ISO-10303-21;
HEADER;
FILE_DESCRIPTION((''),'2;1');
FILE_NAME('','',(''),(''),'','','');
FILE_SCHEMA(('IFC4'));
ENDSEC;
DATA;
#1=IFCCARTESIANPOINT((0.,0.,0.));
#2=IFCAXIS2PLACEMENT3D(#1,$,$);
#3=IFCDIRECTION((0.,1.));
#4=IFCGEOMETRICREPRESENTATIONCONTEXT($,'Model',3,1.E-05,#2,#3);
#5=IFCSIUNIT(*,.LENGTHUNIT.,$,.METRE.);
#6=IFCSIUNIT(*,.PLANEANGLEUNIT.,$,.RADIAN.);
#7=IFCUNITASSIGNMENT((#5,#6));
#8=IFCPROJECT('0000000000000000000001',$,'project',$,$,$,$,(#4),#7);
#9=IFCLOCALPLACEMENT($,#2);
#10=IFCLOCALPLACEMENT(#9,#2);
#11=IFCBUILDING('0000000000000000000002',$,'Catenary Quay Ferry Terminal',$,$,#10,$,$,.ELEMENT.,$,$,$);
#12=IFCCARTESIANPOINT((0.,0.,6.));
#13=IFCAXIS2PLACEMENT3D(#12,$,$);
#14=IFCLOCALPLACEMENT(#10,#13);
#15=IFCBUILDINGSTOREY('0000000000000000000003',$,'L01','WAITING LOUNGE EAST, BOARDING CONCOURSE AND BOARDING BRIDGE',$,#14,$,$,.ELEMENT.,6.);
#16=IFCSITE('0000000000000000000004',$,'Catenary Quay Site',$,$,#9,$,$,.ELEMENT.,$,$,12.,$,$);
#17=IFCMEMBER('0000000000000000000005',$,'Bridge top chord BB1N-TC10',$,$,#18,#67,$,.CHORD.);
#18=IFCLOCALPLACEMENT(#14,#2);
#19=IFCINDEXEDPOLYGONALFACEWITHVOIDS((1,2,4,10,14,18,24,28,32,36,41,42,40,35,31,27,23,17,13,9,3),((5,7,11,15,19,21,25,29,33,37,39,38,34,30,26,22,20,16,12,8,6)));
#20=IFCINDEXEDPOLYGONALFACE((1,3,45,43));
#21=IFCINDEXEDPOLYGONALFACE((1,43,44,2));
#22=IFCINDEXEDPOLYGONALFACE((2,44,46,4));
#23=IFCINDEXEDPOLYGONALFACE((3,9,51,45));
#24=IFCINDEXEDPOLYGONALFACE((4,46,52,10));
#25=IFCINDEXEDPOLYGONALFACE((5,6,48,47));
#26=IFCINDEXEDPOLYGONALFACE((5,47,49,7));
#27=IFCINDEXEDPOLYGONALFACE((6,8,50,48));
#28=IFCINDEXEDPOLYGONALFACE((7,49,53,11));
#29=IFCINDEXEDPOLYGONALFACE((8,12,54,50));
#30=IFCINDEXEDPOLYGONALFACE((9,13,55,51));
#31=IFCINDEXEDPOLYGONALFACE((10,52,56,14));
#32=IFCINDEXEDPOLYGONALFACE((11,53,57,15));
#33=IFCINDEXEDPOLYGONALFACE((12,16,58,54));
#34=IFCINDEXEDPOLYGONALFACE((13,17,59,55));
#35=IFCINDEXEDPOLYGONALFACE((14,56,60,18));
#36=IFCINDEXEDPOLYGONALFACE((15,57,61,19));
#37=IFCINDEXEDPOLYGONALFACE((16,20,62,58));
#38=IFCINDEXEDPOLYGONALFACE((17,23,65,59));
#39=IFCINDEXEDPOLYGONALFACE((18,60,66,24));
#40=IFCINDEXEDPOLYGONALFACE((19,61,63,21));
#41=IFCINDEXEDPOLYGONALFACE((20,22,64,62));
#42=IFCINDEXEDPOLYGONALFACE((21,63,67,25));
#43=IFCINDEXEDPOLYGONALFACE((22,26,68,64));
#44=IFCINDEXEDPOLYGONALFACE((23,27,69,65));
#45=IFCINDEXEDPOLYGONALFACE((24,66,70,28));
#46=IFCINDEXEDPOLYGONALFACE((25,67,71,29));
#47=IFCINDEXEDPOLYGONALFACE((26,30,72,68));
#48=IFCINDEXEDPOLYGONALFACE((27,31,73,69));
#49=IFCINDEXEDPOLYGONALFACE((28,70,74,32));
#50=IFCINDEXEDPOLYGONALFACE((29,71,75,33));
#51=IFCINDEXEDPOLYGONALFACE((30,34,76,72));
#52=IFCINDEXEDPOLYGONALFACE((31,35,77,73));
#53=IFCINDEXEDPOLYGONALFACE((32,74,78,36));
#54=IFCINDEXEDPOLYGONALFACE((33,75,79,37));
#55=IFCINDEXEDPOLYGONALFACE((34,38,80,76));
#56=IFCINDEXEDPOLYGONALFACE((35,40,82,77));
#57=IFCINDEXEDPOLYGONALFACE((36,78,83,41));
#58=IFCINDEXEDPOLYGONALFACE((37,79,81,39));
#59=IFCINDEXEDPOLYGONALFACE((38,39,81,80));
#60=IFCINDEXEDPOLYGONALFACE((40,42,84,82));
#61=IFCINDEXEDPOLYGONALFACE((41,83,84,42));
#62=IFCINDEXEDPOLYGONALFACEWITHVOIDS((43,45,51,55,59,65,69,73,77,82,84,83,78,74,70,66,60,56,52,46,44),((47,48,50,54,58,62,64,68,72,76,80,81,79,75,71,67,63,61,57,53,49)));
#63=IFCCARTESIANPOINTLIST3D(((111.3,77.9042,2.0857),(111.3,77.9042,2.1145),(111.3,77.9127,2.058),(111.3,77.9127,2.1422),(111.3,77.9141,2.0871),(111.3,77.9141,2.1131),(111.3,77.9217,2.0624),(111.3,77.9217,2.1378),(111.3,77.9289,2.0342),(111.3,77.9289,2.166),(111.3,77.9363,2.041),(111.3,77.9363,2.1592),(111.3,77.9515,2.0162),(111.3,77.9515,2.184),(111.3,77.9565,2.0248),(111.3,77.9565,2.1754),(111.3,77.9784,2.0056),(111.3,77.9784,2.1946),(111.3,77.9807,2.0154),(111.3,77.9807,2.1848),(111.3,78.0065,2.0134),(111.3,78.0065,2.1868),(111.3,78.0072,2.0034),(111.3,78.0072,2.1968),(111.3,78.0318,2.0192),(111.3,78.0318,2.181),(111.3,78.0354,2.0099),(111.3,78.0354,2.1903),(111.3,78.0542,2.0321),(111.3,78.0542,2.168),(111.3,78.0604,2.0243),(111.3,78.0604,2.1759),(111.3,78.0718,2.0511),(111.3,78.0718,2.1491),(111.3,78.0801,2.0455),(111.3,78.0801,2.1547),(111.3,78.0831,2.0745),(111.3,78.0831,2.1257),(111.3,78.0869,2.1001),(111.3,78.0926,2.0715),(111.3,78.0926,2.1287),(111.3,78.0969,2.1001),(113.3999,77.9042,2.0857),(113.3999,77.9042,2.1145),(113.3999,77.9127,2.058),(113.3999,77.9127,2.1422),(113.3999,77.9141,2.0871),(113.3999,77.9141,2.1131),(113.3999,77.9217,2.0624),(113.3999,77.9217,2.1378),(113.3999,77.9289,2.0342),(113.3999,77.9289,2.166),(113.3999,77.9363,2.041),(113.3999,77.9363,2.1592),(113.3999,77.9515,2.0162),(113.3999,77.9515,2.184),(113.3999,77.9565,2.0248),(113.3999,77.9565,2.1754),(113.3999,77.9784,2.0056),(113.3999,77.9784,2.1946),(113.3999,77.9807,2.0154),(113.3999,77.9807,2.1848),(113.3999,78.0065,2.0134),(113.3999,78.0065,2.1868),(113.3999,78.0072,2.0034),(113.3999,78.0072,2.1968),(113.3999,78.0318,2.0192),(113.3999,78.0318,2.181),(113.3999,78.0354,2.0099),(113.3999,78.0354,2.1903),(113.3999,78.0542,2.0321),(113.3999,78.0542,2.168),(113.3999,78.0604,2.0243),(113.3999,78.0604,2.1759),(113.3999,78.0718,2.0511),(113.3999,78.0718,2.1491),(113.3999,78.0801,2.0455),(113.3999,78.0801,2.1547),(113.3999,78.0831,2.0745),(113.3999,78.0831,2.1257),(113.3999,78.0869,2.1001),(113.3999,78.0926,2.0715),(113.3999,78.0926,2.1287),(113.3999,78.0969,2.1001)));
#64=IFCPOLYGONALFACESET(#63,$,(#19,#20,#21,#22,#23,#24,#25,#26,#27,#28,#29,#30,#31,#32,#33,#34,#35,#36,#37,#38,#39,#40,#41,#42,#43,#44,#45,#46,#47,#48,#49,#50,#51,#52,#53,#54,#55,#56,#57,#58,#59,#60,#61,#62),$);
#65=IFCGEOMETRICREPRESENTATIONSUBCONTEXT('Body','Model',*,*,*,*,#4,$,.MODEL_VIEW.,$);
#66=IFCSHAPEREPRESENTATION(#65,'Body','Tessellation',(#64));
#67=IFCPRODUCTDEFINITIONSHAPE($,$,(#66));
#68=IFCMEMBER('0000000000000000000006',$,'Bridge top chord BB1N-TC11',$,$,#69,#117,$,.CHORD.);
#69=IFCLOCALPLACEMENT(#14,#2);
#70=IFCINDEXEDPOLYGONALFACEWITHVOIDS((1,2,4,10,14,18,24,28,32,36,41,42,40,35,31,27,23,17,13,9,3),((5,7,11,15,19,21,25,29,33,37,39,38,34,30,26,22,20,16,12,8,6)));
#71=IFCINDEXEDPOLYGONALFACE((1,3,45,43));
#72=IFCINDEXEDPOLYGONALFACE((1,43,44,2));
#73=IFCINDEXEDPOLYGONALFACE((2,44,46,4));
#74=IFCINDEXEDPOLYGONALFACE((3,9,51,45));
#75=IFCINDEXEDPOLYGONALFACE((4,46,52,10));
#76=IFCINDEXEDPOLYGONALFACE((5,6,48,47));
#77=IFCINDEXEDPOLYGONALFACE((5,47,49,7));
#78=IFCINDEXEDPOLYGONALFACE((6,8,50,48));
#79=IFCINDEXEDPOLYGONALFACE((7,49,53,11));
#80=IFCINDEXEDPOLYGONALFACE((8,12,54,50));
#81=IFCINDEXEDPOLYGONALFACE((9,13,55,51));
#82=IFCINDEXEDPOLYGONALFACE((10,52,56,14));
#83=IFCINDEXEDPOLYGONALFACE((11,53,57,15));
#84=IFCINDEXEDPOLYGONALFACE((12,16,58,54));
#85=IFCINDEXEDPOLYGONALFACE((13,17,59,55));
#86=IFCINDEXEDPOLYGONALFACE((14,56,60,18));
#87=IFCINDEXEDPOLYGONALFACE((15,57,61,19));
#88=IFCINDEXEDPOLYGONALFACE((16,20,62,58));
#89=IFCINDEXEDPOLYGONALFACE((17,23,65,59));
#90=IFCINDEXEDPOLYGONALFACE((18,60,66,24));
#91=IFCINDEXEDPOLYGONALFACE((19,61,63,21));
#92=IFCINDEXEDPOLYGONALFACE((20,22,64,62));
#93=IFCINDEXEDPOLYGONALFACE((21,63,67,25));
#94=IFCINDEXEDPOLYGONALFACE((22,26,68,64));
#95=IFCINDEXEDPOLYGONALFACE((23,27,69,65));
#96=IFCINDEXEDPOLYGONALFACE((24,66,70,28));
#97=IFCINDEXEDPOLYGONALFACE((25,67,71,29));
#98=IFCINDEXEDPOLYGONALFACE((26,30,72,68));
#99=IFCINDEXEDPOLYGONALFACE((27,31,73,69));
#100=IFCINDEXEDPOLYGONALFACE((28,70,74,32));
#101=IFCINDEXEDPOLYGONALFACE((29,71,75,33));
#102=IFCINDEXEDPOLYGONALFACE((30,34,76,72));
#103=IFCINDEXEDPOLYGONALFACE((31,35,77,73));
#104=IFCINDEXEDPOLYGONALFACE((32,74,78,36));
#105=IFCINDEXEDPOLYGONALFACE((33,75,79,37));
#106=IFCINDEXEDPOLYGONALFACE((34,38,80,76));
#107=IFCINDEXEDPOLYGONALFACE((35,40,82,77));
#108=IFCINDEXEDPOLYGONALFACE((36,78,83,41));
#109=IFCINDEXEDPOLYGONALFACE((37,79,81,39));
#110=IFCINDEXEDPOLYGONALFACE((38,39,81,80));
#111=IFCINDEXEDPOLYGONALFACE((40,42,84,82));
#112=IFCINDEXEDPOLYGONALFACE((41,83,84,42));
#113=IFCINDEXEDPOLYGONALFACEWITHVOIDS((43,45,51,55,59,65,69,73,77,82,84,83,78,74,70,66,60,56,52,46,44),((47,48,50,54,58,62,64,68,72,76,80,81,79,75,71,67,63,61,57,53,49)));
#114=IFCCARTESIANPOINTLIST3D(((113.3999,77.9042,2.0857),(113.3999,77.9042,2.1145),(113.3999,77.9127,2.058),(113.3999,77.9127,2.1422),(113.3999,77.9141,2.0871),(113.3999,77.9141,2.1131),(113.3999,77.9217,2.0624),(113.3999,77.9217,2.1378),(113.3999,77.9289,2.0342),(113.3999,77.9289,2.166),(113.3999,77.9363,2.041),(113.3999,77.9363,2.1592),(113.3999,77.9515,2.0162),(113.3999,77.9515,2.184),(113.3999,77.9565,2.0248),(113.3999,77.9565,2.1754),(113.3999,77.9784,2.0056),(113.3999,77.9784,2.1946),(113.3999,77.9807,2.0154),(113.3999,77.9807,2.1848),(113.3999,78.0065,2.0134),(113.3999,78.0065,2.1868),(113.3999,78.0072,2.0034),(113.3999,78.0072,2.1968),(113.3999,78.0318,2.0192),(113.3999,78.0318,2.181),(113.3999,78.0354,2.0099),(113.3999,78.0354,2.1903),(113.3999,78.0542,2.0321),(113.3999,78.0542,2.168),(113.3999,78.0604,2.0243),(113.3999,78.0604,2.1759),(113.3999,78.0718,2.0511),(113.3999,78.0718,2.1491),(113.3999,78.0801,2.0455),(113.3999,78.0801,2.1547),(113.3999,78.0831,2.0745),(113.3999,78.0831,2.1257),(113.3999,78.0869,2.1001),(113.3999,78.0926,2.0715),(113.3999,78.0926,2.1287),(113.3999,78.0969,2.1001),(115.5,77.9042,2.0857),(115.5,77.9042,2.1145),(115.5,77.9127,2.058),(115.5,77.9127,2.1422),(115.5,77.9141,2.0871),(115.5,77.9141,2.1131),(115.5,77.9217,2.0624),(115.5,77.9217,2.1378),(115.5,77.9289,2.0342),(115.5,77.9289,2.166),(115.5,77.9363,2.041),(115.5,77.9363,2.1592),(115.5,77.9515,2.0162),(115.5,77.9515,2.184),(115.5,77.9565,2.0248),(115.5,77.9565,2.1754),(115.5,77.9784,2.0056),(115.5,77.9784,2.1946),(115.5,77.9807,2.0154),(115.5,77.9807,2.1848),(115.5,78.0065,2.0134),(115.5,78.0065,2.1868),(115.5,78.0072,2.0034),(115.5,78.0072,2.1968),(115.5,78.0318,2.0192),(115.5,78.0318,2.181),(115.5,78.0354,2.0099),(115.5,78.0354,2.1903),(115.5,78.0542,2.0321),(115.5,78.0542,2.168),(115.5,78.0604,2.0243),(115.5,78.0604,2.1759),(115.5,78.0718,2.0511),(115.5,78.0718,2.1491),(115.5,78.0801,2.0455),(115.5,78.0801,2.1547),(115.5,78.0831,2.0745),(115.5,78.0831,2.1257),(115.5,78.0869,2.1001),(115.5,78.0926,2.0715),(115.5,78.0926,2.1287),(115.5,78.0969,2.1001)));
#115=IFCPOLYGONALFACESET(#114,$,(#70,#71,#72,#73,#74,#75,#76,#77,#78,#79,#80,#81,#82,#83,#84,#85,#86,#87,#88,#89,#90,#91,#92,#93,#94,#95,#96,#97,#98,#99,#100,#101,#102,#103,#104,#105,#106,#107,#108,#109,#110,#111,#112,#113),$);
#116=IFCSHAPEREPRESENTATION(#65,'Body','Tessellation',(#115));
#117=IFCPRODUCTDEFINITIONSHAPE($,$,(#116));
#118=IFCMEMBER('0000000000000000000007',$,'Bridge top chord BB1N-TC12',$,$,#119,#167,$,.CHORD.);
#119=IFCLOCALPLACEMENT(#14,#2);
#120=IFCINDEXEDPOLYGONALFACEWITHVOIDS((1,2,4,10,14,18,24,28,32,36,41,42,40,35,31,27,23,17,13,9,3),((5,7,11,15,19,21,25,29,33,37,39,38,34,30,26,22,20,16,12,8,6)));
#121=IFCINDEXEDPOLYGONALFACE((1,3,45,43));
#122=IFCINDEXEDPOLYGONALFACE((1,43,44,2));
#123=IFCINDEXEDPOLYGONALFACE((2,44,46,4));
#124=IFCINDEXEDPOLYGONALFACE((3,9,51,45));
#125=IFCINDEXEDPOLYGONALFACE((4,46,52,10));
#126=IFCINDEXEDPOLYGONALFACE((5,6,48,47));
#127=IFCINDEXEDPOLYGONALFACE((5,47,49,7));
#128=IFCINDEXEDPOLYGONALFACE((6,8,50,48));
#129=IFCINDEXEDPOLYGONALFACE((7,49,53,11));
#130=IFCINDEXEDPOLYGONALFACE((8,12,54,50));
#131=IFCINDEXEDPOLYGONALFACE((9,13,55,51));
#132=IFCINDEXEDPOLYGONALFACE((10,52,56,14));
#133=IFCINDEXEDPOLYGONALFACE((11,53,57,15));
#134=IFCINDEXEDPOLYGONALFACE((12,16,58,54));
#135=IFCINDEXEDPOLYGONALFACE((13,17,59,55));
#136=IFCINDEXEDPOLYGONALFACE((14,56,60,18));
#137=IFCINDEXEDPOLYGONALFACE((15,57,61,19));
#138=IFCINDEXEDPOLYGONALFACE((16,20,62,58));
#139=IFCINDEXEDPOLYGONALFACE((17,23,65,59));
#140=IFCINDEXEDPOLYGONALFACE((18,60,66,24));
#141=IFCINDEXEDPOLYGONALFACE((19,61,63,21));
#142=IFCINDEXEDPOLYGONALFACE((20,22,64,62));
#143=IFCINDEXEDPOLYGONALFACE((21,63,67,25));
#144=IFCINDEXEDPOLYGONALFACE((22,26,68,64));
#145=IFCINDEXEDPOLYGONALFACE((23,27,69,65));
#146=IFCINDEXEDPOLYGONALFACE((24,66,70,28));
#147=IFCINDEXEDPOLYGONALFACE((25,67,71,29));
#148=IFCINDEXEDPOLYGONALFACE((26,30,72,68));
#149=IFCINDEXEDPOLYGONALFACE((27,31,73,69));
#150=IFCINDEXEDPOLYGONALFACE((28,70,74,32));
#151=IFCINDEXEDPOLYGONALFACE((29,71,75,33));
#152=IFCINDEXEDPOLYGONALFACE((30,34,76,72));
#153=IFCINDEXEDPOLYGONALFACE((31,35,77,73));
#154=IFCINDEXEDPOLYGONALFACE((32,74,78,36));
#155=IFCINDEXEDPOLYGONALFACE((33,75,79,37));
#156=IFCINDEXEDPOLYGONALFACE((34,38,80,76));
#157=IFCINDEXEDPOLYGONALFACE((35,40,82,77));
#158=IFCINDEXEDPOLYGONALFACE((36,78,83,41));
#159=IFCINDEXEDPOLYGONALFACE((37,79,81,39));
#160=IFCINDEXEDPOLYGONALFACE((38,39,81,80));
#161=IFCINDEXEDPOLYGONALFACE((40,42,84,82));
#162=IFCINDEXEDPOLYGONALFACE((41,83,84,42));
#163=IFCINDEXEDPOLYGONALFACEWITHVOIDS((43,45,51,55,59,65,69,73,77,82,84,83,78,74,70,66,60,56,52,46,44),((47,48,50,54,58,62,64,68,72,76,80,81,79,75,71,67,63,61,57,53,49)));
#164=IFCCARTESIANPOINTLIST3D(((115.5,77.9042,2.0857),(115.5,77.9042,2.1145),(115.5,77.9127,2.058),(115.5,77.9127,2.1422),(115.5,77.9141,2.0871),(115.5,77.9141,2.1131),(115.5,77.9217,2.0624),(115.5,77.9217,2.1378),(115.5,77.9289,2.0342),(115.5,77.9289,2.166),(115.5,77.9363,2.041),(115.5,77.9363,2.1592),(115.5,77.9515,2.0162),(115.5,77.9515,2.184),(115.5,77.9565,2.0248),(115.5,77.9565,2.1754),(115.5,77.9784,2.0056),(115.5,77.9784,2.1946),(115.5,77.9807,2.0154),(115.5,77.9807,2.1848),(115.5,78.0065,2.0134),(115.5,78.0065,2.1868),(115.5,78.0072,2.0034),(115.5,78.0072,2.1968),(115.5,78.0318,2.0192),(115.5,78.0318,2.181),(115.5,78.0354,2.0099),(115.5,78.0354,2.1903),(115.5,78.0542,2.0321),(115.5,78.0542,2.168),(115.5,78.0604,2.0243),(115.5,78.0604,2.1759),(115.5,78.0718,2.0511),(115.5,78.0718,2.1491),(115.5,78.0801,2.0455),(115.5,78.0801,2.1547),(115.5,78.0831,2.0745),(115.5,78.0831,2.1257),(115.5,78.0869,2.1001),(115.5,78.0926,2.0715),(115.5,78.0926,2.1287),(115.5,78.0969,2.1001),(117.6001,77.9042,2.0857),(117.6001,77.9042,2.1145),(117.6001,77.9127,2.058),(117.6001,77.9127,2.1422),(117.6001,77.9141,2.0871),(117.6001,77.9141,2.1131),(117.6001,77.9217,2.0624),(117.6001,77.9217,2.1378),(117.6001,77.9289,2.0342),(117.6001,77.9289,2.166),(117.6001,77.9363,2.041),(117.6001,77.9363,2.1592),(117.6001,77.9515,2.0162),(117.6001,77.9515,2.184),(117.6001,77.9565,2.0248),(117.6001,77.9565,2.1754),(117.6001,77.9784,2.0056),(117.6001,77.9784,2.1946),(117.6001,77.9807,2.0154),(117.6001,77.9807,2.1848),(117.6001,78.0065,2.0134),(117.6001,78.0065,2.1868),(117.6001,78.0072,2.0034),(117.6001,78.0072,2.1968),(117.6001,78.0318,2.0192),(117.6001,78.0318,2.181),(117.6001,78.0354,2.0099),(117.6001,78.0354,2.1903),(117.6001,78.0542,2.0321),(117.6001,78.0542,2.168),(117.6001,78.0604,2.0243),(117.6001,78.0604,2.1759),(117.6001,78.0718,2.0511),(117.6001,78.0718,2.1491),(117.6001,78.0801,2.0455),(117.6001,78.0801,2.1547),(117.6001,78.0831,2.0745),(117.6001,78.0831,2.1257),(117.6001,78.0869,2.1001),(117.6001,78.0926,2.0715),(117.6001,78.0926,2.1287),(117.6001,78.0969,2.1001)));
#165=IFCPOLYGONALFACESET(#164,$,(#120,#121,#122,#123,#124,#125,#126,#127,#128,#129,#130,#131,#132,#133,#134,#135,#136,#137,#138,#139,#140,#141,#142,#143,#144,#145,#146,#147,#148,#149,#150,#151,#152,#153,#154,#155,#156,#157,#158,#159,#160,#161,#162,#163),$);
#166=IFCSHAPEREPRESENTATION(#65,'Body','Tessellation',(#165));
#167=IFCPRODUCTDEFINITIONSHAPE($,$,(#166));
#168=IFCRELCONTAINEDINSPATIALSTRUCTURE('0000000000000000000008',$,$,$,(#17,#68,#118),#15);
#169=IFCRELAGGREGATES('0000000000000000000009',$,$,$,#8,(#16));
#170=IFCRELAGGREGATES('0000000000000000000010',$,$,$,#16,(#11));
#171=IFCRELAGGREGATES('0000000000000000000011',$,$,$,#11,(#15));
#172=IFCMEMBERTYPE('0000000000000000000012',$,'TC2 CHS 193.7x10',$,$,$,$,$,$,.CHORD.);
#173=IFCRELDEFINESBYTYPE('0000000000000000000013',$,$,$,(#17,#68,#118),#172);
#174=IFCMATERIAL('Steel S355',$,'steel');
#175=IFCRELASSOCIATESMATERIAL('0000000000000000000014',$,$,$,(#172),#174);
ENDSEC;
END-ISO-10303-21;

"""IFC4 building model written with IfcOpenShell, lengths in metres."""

from ifc_helpers import new_model, si_unit, direction, frame, origin, origin_2d, place, context, subcontext, project, spatial, hollow_circle, extrude, material, material_profile, profile_set, type_object, element, save


model = new_model("IFC4")

# Units and contexts
model_context = context("Model", 3, precision=1e-05, world=origin(), true_north=direction((0.0, 1.0)))
body_context = subcontext(model_context, "Body", "Model", "MODEL_VIEW")
ifc_project = project(units=[si_unit("LENGTHUNIT", "METRE"), si_unit("PLANEANGLEUNIT", "RADIAN")], contexts=[model_context])

# Site, building, storey
site_placement = place(None, origin())
site = spatial("IfcSite", under=ifc_project, at=site_placement, Name="Catenary Quay Site", CompositionType="ELEMENT", RefElevation=12.0)
building_placement = place(site_placement, origin())
building = spatial("IfcBuilding", under=site, at=building_placement, Name="Catenary Quay Ferry Terminal", CompositionType="ELEMENT")
storey_placement = place(building_placement, frame((0.0, 0.0, 6.0)))
storey = spatial("IfcBuildingStorey", under=building, at=storey_placement, Name="L01", Description="WAITING LOUNGE EAST, BOARDING CONCOURSE AND BOARDING BRIDGE", CompositionType="ELEMENT", Elevation=6.0)

# Members
ifc_material_1 = material(Name="Steel S355", Category="steel")
ifc_material_profile_1 = material_profile(ifc_material_1, hollow_circle(Radius=0.0969, WallThickness=0.01, at=origin_2d()), Name="CHS 193.7x10")
ifc_profile_set_1 = profile_set([ifc_material_profile_1], Name="Steel S355")
member_type_1 = type_object("IfcMemberType", Name="TC2 CHS 193.7x10", PredefinedType="CHORD", material=ifc_profile_set_1)
member_1_placement = place(storey_placement, frame((111.3, 78.0, 2.1001), z_axis=(1.0, 0.0, 0.0), x_axis=(0.0, 1.0, 0.0)))
element("IfcMember", 1, at=member_1_placement, inside=storey, type_object=member_type_1, Name="Bridge top chord BB1N-TC10", PredefinedType="CHORD", context=body_context, shape_type="SweptSolid", body=[
    extrude(hollow_circle(Radius=0.0969, WallThickness=0.01, at=origin_2d()), origin(), (0.0, 0.0, 1.0), 2.0999),
])
for number, where, z_axis, x_axis, name in (
    (2, (113.3999, 78.0, 2.1001), (1.0, 0.0, 0.0), (0.0, 1.0, 0.0), "Bridge top chord BB1N-TC11"),
    (3, (115.5, 78.0, 2.1001), (1.0, 0.0, 0.0), (0.0, 1.0, 0.0), "Bridge top chord BB1N-TC12"),
):
    element("IfcMember", number, at=place(storey_placement, frame(where, z_axis=z_axis, x_axis=x_axis)), inside=storey, type_object=member_type_1, Name=name, PredefinedType="CHORD", context=body_context, shape_type="SweptSolid", body=[
        extrude(hollow_circle(Radius=0.0969, WallThickness=0.01, at=origin_2d()), origin(), (0.0, 0.0, 1.0), 2.1001),
    ])

save(model, "model.ifc")
